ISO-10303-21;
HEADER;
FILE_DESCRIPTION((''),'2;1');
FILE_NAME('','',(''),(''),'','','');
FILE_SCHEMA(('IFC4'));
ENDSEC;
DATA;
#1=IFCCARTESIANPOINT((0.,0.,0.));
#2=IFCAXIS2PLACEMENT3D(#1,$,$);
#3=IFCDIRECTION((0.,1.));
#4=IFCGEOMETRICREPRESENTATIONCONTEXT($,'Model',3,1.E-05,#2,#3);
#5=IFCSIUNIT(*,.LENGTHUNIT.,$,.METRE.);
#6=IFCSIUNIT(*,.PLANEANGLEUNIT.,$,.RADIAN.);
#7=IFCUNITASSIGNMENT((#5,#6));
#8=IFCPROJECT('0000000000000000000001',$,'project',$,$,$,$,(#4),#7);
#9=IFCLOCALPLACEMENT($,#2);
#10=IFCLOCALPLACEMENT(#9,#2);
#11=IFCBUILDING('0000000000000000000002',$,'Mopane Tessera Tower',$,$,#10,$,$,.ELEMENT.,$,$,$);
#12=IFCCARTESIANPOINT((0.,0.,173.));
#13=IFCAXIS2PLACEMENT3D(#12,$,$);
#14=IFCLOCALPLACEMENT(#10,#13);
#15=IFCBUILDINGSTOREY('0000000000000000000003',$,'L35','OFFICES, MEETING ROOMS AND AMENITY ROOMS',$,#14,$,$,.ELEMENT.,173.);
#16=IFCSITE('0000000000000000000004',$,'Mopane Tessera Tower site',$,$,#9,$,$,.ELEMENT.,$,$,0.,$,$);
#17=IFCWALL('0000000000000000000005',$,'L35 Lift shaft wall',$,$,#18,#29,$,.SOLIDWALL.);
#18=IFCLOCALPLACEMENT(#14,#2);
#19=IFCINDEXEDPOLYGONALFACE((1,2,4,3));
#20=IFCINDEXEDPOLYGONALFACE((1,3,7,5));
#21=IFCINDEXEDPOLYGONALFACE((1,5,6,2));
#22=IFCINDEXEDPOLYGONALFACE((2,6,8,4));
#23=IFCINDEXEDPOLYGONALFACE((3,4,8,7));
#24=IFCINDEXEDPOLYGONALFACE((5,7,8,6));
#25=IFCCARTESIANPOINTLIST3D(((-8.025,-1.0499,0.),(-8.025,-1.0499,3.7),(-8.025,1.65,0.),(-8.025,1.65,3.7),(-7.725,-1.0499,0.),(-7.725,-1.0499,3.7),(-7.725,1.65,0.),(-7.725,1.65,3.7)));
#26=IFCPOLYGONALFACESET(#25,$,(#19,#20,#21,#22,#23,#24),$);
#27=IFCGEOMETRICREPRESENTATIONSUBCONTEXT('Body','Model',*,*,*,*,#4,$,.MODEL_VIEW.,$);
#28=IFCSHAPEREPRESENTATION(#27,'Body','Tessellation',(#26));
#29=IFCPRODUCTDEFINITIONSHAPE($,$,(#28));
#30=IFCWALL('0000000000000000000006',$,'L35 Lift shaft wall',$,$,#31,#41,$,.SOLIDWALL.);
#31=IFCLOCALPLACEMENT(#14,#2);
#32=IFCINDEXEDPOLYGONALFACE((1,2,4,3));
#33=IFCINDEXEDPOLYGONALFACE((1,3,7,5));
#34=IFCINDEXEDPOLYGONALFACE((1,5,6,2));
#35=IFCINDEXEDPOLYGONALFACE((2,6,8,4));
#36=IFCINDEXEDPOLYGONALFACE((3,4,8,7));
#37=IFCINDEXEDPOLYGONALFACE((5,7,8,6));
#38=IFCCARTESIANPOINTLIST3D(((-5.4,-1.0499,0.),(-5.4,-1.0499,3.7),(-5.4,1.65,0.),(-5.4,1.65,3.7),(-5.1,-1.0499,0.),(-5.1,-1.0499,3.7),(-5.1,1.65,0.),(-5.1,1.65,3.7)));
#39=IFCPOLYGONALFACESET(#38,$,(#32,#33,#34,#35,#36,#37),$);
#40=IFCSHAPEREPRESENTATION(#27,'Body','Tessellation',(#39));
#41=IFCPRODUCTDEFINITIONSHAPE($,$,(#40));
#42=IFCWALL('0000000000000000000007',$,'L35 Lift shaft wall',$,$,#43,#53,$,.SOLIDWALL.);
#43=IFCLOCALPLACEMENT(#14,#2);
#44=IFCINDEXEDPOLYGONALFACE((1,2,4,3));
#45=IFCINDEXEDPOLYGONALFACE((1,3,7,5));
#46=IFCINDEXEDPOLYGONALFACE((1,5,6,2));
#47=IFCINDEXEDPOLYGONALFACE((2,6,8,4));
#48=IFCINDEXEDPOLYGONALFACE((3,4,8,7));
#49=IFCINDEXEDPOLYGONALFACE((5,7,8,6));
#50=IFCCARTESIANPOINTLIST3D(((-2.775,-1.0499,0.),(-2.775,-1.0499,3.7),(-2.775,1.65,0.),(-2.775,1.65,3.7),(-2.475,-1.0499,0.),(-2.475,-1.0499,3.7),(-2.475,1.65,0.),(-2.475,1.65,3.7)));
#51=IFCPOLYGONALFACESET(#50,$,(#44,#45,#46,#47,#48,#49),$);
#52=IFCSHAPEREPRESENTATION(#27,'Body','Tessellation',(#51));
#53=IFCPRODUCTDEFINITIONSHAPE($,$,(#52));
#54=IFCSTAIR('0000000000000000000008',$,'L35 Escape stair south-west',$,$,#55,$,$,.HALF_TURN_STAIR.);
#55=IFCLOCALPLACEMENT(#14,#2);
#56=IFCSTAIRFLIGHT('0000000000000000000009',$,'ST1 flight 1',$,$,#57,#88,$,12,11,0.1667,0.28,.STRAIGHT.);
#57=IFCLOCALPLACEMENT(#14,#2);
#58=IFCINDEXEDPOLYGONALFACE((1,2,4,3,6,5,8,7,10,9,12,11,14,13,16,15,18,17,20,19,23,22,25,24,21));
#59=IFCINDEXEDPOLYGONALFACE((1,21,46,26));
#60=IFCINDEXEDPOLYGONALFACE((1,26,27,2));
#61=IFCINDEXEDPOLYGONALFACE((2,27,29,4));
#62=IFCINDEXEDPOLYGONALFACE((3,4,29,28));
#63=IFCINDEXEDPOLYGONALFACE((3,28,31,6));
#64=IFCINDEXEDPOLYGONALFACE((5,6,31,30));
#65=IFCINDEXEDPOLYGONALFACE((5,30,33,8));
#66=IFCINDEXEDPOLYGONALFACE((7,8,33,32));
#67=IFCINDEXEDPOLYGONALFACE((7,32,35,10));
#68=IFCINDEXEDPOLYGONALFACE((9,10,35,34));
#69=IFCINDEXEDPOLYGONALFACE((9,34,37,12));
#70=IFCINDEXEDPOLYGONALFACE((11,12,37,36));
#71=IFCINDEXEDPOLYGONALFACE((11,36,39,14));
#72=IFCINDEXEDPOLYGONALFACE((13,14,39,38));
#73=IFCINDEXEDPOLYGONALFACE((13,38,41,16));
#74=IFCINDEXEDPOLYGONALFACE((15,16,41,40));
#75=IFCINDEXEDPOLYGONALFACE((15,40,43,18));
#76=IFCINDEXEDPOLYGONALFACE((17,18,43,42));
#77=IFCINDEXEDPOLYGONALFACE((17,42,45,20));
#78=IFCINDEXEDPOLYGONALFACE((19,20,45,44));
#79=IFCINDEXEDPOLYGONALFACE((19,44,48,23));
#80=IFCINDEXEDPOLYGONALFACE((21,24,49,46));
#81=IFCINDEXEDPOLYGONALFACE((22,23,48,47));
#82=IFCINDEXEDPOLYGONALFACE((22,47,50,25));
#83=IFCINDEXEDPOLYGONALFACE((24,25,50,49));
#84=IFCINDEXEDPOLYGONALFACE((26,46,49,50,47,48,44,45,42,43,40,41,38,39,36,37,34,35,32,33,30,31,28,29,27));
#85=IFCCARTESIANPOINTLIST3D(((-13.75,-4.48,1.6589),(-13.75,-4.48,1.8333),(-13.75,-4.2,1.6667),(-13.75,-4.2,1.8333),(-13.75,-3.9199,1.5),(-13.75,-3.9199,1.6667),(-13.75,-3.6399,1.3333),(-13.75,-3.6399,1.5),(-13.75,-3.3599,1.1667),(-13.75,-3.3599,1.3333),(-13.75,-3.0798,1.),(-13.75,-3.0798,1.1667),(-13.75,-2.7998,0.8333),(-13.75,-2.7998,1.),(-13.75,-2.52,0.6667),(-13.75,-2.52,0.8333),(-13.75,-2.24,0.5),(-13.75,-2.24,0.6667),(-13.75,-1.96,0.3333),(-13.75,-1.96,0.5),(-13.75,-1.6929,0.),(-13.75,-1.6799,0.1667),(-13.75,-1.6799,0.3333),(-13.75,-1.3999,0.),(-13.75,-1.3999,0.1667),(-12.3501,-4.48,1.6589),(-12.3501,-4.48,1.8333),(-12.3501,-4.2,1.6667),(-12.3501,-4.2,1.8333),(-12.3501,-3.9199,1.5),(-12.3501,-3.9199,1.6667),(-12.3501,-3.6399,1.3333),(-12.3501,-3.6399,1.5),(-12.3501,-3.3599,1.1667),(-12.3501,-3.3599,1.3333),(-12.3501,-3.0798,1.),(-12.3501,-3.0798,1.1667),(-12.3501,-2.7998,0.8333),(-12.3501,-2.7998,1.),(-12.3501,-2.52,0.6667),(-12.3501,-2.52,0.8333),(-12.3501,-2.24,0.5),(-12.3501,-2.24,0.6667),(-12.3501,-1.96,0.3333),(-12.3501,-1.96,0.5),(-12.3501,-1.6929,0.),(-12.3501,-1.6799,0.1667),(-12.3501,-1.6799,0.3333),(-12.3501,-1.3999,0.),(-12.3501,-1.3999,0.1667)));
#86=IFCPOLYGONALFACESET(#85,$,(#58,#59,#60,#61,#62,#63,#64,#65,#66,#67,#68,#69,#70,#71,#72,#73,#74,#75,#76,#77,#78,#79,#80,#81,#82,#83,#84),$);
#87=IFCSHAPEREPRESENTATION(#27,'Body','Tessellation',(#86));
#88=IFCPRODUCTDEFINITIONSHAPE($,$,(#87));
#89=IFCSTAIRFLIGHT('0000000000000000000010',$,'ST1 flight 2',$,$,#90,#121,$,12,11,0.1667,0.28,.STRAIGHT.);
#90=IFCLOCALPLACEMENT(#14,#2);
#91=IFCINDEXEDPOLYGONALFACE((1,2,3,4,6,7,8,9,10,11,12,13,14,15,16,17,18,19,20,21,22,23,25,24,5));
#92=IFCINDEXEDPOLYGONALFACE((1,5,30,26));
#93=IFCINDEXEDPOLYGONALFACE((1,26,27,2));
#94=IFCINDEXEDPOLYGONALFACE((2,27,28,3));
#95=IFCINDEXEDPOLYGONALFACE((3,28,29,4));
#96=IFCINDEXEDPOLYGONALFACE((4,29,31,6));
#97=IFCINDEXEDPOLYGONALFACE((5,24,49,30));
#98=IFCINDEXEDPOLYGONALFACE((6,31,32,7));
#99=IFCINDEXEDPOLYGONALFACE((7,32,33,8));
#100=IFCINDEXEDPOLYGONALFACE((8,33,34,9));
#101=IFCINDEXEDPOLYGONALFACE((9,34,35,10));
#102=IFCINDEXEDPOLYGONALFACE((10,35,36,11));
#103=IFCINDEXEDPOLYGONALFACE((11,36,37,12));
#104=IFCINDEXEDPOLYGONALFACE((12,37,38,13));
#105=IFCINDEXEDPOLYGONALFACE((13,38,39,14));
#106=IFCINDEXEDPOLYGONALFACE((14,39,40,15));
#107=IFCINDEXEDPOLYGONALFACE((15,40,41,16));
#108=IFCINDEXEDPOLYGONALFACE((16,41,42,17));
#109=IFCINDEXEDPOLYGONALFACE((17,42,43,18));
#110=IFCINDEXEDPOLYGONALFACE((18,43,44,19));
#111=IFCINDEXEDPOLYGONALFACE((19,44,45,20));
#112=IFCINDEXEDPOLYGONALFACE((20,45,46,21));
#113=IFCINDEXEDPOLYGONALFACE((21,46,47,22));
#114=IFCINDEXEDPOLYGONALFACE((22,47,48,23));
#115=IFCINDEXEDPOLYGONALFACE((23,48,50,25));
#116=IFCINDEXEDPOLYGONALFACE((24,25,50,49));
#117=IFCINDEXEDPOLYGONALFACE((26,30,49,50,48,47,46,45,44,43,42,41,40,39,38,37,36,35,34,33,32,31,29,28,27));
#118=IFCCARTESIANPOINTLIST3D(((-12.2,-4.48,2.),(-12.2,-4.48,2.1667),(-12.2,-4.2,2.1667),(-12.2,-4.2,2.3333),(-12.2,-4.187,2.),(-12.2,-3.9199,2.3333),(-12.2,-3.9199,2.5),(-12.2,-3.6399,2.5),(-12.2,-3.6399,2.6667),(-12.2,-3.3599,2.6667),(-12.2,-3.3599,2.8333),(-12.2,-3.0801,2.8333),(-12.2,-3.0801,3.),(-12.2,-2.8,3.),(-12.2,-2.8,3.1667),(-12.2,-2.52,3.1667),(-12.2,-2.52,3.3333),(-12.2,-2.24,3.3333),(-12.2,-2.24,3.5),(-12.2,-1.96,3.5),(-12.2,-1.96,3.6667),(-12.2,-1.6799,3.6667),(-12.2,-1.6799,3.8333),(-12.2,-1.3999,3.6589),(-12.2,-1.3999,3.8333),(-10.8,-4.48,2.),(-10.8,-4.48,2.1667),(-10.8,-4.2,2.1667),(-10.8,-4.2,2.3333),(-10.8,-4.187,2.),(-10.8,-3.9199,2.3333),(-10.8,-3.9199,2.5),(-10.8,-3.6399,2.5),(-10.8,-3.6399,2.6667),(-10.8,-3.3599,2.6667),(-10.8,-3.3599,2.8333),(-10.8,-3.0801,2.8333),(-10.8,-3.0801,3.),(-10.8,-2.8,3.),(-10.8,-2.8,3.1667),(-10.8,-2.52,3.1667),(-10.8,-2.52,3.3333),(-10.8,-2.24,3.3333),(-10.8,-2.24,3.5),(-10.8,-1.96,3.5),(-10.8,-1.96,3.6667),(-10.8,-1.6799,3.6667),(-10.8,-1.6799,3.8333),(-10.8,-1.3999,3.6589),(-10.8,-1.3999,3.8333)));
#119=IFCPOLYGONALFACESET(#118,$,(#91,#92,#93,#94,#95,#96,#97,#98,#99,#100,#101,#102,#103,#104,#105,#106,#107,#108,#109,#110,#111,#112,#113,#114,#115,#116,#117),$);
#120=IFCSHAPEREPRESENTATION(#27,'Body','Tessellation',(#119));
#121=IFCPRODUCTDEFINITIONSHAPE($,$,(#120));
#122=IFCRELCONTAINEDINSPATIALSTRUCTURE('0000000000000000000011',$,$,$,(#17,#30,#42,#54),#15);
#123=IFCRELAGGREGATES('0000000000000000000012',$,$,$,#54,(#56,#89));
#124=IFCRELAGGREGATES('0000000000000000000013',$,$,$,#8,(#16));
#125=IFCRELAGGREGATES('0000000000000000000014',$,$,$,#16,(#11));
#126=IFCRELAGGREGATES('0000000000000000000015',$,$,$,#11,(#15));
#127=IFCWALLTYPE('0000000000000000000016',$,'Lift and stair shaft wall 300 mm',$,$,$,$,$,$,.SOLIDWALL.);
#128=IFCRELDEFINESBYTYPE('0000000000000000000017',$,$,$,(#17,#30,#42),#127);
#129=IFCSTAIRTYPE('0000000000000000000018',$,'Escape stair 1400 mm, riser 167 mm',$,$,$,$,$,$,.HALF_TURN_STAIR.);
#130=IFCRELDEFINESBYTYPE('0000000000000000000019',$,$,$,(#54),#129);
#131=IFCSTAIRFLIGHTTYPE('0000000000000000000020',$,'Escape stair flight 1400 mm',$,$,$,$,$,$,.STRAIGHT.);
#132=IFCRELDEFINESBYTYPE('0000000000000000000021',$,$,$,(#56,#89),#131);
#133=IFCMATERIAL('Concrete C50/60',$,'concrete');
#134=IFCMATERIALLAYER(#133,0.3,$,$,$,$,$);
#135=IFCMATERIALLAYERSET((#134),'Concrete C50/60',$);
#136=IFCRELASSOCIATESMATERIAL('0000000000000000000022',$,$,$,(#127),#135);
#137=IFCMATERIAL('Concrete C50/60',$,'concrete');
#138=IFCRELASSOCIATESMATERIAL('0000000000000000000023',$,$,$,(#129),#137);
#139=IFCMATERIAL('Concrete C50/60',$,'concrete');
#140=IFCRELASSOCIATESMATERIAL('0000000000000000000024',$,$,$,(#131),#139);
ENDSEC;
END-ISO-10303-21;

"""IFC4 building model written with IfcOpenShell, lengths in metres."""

from ifc_helpers import new_model, si_unit, direction, frame, frame_2d, origin, place, context, subcontext, project, spatial, polyline, rectangle, outline, extrude, material, layer, layer_set, type_object, element, aggregate, save


model = new_model("IFC4")

# Units and contexts
model_context = context("Model", 3, precision=1e-05, world=origin(), true_north=direction((0.0, 1.0)))
body_context = subcontext(model_context, "Body", "Model", "MODEL_VIEW")
ifc_project = project(units=[si_unit("LENGTHUNIT", "METRE"), si_unit("PLANEANGLEUNIT", "RADIAN")], contexts=[model_context])

# Site, building, storey
site_placement = place(None, origin())
site = spatial("IfcSite", under=ifc_project, at=site_placement, Name="Mopane Tessera Tower site", CompositionType="ELEMENT", RefElevation=0.0)
building_placement = place(site_placement, origin())
building = spatial("IfcBuilding", under=site, at=building_placement, Name="Mopane Tessera Tower", CompositionType="ELEMENT")
storey_placement = place(building_placement, frame((0.0, 0.0, 173.0)))
storey = spatial("IfcBuildingStorey", under=building, at=storey_placement, Name="L35", Description="OFFICES, MEETING ROOMS AND AMENITY ROOMS", CompositionType="ELEMENT", Elevation=173.0)

# Walls
ifc_material_1 = material(Name="Concrete C50/60", Category="concrete")
ifc_layer_1 = layer(ifc_material_1, 0.3)
ifc_layer_set_1 = layer_set([ifc_layer_1], Name="Concrete C50/60")
wall_type_1 = type_object("IfcWallType", Name="Lift and stair shaft wall 300 mm", PredefinedType="SOLIDWALL", material=ifc_layer_set_1)
for number, where, z_axis, x_axis, name in (
    (1, (-7.875, -1.05, 0.0), (0.0, 0.0, 1.0), (0.0, 1.0, 0.0), "L35 Lift shaft wall"),
    (2, (-5.25, -1.05, 0.0), (0.0, 0.0, 1.0), (0.0, 1.0, 0.0), "L35 Lift shaft wall"),
    (3, (-2.625, -1.05, 0.0), (0.0, 0.0, 1.0), (0.0, 1.0, 0.0), "L35 Lift shaft wall"),
):
    element("IfcWall", number, at=place(storey_placement, frame(where, z_axis=z_axis, x_axis=x_axis)), inside=storey, type_object=wall_type_1, Name=name, PredefinedType="SOLIDWALL", context=body_context, shape_type="SweptSolid", body=[
        extrude(rectangle(XDim=2.7, YDim=0.3, at=frame_2d((1.3501, 0.0))), origin(), (0.0, 0.0, 1.0), 3.7),
    ])

# Stair, stair flights
ifc_material_2 = material(Name="Concrete C50/60", Category="concrete")
stair_type = type_object("IfcStairType", Name="Escape stair 1400 mm, riser 167 mm", PredefinedType="HALF_TURN_STAIR", material=ifc_material_2)
stair_placement = place(storey_placement, origin())
stair = element("IfcStair", 4, at=stair_placement, inside=storey, type_object=stair_type, Name="L35 Escape stair south-west", PredefinedType="HALF_TURN_STAIR")
ifc_material_3 = material(Name="Concrete C50/60", Category="concrete")
stair_flight_type = type_object("IfcStairFlightType", Name="Escape stair flight 1400 mm", PredefinedType="STRAIGHT", material=ifc_material_3)
stair_flight_1_placement = place(storey_placement, frame((-13.05, -1.3999, 0.0), z_axis=(0.0, 0.0, 1.0), x_axis=(0.0, -1.0, 0.0)))
stair_flight_1 = element("IfcStairFlight", 5, at=stair_flight_1_placement, type_object=stair_flight_type, Name="ST1 flight 1", NumberOfRisers=12, NumberOfTreads=11, PredefinedType="STRAIGHT", RiserHeight=0.1667, TreadLength=0.28, context=body_context, shape_type="SweptSolid", body=[
    extrude(outline(polyline([(0.0, 0.0), (0.0, 0.1667), (0.28, 0.1667), (0.28, 0.3333), (0.5601, 0.3333), (0.5601, 0.5), (0.8401, 0.5), (0.8401, 0.6667), (1.1201, 0.6667), (1.1201, 0.8333), (1.3999, 0.8333), (1.3999, 1.0), (1.6799, 1.0), (1.6799, 1.1667), (1.96, 1.1667), (1.96, 1.3333), (2.24, 1.3333), (2.24, 1.5), (2.52, 1.5), (2.52, 1.6667), (2.8, 1.6667), (2.8, 1.8333), (3.0801, 1.8333), (3.0801, 2.0), (3.0801, 1.6589), (0.293, 0.0), (0.0, 0.0)])), frame((0.0, 0.7, 0.0), z_axis=(0.0, -1.0, 0.0), x_axis=(1.0, 0.0, 0.0)), (0.0, 0.0, 1.0), 1.3999),
])
stair_flight_2_placement = place(storey_placement, frame((-11.5, -4.48, 2.0), z_axis=(0.0, 0.0, 1.0), x_axis=(0.0, 1.0, 0.0)))
stair_flight_2 = element("IfcStairFlight", 6, at=stair_flight_2_placement, type_object=stair_flight_type, Name="ST1 flight 2", NumberOfRisers=12, NumberOfTreads=11, PredefinedType="STRAIGHT", RiserHeight=0.1667, TreadLength=0.28, context=body_context, shape_type="SweptSolid", body=[
    extrude(outline(polyline([(0.0, 0.0), (0.0, 0.1667), (0.28, 0.1667), (0.28, 0.3333), (0.5601, 0.3333), (0.5601, 0.5), (0.8401, 0.5), (0.8401, 0.6667), (1.1201, 0.6667), (1.1201, 0.8333), (1.3999, 0.8333), (1.3999, 1.0), (1.6799, 1.0), (1.6799, 1.1667), (1.96, 1.1667), (1.96, 1.3333), (2.24, 1.3333), (2.24, 1.5), (2.52, 1.5), (2.52, 1.6667), (2.8, 1.6667), (2.8, 1.8333), (3.0801, 1.8333), (3.0801, 2.0), (3.0801, 1.6589), (0.293, 0.0), (0.0, 0.0)])), frame((0.0, 0.7, 0.0), z_axis=(0.0, -1.0, 0.0), x_axis=(1.0, 0.0, 0.0)), (0.0, 0.0, 1.0), 1.3999),
])
aggregate(stair, [stair_flight_1, stair_flight_2])

save(model, "model.ifc")
